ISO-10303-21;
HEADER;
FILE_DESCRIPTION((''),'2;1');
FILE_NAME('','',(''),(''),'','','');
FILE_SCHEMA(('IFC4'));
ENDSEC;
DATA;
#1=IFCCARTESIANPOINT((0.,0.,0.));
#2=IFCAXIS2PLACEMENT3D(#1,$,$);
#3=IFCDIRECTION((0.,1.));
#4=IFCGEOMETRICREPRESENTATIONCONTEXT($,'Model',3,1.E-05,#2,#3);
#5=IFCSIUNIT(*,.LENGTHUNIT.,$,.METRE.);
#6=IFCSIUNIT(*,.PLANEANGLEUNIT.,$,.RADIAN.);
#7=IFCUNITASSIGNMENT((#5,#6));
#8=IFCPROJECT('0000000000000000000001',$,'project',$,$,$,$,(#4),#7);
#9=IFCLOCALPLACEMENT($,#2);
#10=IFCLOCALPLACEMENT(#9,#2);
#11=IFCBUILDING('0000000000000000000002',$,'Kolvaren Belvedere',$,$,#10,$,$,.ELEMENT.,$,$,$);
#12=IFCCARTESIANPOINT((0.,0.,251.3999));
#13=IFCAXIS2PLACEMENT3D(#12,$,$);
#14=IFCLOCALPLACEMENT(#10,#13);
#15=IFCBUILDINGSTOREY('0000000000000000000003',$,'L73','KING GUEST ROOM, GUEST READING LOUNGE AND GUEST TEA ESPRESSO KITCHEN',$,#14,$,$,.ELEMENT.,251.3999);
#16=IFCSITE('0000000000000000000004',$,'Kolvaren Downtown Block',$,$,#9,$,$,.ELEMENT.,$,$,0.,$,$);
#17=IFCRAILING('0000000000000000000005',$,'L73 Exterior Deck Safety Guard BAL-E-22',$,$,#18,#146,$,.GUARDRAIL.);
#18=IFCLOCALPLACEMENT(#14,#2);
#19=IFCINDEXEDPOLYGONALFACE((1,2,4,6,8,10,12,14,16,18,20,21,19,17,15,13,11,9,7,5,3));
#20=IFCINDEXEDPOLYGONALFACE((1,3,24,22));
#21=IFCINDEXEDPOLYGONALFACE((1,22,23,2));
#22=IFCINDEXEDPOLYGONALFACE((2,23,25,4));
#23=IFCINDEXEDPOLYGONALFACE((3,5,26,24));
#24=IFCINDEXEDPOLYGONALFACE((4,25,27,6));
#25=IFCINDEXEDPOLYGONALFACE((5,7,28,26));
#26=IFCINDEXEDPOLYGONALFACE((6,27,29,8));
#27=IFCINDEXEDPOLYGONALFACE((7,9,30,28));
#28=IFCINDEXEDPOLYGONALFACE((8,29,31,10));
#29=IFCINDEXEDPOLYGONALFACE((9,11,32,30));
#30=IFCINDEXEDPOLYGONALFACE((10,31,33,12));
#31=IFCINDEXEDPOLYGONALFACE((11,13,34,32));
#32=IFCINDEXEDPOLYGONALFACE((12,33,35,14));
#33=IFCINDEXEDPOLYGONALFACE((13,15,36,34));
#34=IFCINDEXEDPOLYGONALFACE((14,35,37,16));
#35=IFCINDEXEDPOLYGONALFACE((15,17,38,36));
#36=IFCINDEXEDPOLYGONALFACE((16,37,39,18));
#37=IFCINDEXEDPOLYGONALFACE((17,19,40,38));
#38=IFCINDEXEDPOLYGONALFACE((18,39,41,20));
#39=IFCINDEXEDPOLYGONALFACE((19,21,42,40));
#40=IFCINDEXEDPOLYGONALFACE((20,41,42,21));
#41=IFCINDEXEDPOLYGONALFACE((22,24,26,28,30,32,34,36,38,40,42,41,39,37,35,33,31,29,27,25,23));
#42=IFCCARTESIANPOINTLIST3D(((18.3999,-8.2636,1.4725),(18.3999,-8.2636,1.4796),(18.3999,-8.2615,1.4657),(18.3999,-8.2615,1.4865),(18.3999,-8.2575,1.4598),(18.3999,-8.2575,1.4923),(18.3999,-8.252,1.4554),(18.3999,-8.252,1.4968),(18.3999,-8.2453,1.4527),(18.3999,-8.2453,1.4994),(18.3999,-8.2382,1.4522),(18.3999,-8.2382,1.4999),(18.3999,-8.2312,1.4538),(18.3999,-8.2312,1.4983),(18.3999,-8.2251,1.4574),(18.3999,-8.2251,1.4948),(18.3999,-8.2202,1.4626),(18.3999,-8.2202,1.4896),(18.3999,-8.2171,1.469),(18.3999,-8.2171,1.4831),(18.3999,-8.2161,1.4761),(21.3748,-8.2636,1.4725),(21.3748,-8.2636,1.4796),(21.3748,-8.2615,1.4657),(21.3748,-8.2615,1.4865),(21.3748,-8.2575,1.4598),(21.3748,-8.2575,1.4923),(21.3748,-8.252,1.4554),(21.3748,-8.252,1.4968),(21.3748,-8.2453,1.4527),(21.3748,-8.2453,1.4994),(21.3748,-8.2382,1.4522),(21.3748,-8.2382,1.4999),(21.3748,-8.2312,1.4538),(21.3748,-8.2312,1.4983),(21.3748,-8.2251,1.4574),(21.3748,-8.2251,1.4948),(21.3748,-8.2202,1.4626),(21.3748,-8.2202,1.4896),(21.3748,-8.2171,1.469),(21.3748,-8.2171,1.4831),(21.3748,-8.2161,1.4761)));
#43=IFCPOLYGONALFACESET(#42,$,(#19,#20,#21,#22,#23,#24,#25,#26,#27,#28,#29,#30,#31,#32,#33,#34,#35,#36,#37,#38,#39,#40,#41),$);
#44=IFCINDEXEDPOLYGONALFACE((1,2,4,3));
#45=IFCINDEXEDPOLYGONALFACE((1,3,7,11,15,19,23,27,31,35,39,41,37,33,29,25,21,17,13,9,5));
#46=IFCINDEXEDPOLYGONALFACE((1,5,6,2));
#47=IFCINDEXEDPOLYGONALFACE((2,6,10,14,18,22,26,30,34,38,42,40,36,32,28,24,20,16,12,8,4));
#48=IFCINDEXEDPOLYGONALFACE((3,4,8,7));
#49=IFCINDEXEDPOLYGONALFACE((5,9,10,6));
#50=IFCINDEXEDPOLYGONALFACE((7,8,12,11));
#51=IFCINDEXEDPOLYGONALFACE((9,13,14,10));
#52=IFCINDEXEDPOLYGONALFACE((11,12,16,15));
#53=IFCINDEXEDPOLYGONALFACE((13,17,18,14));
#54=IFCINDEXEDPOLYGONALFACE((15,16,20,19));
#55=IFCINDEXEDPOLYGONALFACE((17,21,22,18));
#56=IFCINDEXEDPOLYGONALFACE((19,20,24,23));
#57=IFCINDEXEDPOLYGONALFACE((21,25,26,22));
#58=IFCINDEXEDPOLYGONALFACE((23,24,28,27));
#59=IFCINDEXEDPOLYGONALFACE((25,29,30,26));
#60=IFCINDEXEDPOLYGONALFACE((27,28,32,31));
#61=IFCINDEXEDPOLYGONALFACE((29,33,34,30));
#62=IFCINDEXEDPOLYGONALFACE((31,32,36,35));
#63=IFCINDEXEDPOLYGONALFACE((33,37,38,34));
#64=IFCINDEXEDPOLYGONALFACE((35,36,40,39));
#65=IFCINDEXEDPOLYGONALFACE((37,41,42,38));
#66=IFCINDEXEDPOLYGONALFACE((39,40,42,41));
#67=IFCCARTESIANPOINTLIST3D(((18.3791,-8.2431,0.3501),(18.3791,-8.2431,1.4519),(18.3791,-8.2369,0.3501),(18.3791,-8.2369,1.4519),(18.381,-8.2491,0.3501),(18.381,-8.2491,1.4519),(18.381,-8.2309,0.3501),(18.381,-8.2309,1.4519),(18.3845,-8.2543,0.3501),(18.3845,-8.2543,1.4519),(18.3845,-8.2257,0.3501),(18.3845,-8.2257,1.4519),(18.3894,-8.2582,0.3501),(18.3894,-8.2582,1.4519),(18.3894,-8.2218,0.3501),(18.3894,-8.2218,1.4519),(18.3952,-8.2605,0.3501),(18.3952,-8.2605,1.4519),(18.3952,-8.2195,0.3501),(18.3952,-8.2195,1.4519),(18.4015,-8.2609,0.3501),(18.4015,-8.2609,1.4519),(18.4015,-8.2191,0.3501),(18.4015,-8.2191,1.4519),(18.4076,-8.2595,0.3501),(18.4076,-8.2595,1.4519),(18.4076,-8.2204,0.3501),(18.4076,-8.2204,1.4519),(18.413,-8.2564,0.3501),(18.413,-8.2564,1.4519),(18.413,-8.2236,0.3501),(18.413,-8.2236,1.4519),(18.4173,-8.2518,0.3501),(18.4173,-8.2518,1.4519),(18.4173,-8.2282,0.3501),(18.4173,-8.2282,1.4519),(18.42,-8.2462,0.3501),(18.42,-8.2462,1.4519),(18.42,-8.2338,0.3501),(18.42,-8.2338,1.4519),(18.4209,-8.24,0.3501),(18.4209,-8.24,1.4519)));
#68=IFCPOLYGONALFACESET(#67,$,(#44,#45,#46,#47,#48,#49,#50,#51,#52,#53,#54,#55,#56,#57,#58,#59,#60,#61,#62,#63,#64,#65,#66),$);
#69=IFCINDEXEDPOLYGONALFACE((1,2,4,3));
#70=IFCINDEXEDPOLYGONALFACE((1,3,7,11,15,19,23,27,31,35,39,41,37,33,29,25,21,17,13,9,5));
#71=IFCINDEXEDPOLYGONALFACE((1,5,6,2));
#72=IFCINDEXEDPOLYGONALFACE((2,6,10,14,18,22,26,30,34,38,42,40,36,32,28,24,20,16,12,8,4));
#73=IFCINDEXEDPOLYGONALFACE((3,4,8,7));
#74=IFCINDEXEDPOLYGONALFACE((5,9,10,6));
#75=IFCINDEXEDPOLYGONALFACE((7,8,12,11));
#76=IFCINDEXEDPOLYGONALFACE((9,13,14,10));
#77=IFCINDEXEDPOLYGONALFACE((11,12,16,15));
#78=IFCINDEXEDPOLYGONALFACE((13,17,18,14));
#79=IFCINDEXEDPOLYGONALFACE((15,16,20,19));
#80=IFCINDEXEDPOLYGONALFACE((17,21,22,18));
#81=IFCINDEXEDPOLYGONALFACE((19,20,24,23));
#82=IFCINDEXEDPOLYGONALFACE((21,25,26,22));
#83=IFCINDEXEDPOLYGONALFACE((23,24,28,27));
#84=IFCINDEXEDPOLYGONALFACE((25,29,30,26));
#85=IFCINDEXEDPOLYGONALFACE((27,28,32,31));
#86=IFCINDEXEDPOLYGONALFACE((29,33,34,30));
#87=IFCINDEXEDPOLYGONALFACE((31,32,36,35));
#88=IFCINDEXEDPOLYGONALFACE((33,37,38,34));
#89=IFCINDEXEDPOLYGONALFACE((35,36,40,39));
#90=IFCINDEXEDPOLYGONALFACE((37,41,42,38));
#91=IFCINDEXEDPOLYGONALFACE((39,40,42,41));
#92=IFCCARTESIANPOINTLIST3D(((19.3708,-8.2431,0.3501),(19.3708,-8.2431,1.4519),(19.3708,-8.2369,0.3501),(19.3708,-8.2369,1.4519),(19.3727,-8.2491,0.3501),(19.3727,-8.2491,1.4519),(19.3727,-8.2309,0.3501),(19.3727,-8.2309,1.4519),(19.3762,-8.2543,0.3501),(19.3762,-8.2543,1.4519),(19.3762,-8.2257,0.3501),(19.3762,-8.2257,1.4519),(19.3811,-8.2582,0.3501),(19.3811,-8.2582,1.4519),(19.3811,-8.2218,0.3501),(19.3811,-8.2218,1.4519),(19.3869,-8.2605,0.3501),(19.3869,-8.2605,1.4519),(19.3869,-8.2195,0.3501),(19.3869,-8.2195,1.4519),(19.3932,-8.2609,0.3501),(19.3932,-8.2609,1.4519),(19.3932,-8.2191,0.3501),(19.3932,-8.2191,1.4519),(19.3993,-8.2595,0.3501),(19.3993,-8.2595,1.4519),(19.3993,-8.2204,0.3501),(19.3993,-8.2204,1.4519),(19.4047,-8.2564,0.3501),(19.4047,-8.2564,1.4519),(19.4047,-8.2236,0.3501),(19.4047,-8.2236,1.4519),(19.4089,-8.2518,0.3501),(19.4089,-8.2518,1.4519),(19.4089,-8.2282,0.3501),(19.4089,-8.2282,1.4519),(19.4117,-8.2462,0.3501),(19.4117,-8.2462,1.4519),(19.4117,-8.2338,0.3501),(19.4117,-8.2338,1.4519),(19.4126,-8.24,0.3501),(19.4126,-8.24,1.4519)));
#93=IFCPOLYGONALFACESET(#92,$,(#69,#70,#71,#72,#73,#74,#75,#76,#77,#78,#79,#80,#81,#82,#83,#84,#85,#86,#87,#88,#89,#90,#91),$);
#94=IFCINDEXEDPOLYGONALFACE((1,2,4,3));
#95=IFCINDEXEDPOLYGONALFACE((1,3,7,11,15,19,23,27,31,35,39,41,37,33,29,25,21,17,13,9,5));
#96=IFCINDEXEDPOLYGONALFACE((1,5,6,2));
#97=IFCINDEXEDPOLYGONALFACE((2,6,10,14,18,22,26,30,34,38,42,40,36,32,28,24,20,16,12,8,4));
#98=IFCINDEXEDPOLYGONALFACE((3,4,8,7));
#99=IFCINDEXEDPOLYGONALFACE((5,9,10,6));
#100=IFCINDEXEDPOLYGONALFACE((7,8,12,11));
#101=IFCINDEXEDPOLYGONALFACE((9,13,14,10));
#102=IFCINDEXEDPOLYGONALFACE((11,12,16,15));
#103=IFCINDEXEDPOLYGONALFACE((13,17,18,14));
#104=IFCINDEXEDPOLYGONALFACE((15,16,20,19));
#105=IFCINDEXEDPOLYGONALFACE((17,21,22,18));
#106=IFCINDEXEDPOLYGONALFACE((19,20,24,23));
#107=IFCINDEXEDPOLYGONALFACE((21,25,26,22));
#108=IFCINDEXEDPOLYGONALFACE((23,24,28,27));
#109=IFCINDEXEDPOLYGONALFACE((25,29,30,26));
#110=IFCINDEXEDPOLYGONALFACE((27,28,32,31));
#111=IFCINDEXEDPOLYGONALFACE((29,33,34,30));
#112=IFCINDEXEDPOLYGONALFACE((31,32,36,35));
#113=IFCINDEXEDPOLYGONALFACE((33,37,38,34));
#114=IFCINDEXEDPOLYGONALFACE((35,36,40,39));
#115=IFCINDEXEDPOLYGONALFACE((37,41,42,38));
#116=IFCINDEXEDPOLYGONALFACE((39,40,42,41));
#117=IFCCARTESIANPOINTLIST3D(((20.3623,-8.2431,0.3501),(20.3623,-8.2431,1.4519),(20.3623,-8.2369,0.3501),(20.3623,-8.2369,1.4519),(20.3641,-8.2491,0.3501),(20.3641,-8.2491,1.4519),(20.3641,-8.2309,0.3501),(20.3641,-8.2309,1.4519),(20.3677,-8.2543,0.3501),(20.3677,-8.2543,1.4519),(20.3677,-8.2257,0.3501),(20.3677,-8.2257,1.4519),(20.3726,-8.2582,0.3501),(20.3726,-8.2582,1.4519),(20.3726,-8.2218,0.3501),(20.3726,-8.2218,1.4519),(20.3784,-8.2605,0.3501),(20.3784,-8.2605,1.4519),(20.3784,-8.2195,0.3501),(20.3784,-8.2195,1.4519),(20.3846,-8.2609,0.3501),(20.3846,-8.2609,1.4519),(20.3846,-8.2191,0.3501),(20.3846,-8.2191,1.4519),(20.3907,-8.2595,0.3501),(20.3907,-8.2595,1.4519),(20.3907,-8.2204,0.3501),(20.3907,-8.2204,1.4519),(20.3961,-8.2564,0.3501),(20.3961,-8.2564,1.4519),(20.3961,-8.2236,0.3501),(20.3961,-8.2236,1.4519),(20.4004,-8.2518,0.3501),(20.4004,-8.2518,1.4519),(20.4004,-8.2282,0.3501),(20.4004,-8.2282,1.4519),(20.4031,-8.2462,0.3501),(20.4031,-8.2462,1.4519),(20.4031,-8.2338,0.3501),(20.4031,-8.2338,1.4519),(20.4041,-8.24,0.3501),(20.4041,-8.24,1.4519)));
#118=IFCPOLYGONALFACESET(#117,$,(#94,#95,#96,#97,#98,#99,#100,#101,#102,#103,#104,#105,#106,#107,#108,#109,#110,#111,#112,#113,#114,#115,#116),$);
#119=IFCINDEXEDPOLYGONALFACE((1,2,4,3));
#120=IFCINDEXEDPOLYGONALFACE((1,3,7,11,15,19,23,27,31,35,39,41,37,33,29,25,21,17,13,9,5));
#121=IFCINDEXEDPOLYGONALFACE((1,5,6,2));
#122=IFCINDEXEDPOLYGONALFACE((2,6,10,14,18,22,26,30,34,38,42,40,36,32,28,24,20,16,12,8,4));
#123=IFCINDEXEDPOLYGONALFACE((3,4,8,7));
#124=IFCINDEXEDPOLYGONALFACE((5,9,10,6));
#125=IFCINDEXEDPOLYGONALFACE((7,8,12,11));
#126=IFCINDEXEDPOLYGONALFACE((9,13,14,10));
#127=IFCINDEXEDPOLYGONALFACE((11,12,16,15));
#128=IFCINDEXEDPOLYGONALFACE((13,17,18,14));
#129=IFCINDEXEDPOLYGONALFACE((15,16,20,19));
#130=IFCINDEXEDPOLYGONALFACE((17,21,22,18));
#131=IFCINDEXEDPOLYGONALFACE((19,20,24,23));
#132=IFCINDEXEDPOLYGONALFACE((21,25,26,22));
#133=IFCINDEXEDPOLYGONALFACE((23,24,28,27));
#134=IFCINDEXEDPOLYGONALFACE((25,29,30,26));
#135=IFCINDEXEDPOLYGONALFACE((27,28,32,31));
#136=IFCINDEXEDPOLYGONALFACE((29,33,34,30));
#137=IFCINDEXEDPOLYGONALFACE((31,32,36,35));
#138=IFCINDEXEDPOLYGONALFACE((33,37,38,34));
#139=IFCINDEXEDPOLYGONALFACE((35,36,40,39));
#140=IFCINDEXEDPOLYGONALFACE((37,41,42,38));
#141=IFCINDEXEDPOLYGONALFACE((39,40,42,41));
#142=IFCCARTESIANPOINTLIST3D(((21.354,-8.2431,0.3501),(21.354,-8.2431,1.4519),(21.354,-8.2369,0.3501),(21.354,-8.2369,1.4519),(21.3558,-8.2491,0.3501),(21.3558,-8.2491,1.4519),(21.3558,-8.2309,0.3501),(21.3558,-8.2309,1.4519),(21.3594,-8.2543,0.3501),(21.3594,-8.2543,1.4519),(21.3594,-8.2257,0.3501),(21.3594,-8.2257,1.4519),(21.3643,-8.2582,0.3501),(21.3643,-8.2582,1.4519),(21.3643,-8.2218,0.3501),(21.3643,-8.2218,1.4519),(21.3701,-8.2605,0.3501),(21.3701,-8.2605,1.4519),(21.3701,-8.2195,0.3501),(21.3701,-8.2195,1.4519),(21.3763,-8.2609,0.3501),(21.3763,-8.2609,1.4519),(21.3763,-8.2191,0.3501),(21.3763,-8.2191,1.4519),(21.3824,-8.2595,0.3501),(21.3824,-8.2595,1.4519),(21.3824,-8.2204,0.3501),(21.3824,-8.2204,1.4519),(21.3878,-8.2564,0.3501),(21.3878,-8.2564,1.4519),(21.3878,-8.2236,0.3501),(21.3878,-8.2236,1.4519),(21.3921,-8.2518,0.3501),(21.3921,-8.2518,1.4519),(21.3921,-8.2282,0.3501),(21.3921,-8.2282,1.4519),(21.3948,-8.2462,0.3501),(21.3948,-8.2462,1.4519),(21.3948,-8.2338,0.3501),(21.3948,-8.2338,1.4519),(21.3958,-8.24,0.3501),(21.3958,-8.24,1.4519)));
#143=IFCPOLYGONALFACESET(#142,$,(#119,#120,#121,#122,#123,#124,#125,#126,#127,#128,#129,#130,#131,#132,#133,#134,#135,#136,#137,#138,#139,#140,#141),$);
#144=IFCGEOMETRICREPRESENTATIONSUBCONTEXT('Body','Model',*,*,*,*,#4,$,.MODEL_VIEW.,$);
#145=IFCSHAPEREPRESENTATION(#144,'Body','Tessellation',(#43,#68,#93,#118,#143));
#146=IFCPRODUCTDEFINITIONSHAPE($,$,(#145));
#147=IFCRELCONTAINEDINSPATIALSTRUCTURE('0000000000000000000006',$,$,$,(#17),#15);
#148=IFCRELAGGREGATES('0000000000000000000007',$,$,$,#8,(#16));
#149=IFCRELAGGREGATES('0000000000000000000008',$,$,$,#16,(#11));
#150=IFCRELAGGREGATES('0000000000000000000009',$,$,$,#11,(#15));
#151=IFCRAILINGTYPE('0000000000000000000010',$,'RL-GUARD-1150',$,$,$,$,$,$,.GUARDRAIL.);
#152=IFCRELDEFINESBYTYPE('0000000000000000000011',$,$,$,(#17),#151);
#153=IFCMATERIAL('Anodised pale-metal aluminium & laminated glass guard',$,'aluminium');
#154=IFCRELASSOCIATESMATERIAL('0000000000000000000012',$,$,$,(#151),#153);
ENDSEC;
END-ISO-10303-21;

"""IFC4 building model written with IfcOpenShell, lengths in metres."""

from ifc_helpers import new_model, si_unit, direction, frame, origin, origin_2d, place, context, subcontext, project, spatial, circle, extrude, material, type_object, element, save


model = new_model("IFC4")

# Units and contexts
model_context = context("Model", 3, precision=1e-05, world=origin(), true_north=direction((0.0, 1.0)))
body_context = subcontext(model_context, "Body", "Model", "MODEL_VIEW")
ifc_project = project(units=[si_unit("LENGTHUNIT", "METRE"), si_unit("PLANEANGLEUNIT", "RADIAN")], contexts=[model_context])

# Site, building, storey
site_placement = place(None, origin())
site = spatial("IfcSite", under=ifc_project, at=site_placement, Name="Kolvaren Downtown Block", CompositionType="ELEMENT", RefElevation=0.0)
building_placement = place(site_placement, origin())
building = spatial("IfcBuilding", under=site, at=building_placement, Name="Kolvaren Belvedere", CompositionType="ELEMENT")
storey_placement = place(building_placement, frame((0.0, 0.0, 251.3999)))
storey = spatial("IfcBuildingStorey", under=building, at=storey_placement, Name="L73", Description="KING GUEST ROOM, GUEST READING LOUNGE AND GUEST TEA ESPRESSO KITCHEN", CompositionType="ELEMENT", Elevation=251.3999)

# Railing
ifc_material_1 = material(Name="Anodised pale-metal aluminium & laminated glass guard", Category="aluminium")
railing_type = type_object("IfcRailingType", Name="RL-GUARD-1150", PredefinedType="GUARDRAIL", material=ifc_material_1)
railing_1_placement = place(storey_placement, frame((18.3999, -8.24, 0.3501)))
element("IfcRailing", 1, at=railing_1_placement, inside=storey, type_object=railing_type, Name="L73 Exterior Deck Safety Guard BAL-E-22", PredefinedType="GUARDRAIL", context=body_context, shape_type="SweptSolid", body=[
    extrude(circle(Radius=0.0239, at=origin_2d()), frame((0.0, 0.0, 1.126), z_axis=(1.0, 0.0, 0.0), x_axis=(0.0, 1.0, 0.0)), (0.0, 0.0, 1.0), 2.9749),
    extrude(circle(Radius=0.021, at=origin_2d()), origin(), (0.0, 0.0, 1.0), 1.1018),
    extrude(circle(Radius=0.021, at=origin_2d()), frame((0.9917, 0.0, 0.0)), (0.0, 0.0, 1.0), 1.1018),
    extrude(circle(Radius=0.021, at=origin_2d()), frame((1.9832, 0.0, 0.0)), (0.0, 0.0, 1.0), 1.1018),
    extrude(circle(Radius=0.021, at=origin_2d()), frame((2.9749, 0.0, 0.0)), (0.0, 0.0, 1.0), 1.1018),
])

save(model, "model.ifc")
